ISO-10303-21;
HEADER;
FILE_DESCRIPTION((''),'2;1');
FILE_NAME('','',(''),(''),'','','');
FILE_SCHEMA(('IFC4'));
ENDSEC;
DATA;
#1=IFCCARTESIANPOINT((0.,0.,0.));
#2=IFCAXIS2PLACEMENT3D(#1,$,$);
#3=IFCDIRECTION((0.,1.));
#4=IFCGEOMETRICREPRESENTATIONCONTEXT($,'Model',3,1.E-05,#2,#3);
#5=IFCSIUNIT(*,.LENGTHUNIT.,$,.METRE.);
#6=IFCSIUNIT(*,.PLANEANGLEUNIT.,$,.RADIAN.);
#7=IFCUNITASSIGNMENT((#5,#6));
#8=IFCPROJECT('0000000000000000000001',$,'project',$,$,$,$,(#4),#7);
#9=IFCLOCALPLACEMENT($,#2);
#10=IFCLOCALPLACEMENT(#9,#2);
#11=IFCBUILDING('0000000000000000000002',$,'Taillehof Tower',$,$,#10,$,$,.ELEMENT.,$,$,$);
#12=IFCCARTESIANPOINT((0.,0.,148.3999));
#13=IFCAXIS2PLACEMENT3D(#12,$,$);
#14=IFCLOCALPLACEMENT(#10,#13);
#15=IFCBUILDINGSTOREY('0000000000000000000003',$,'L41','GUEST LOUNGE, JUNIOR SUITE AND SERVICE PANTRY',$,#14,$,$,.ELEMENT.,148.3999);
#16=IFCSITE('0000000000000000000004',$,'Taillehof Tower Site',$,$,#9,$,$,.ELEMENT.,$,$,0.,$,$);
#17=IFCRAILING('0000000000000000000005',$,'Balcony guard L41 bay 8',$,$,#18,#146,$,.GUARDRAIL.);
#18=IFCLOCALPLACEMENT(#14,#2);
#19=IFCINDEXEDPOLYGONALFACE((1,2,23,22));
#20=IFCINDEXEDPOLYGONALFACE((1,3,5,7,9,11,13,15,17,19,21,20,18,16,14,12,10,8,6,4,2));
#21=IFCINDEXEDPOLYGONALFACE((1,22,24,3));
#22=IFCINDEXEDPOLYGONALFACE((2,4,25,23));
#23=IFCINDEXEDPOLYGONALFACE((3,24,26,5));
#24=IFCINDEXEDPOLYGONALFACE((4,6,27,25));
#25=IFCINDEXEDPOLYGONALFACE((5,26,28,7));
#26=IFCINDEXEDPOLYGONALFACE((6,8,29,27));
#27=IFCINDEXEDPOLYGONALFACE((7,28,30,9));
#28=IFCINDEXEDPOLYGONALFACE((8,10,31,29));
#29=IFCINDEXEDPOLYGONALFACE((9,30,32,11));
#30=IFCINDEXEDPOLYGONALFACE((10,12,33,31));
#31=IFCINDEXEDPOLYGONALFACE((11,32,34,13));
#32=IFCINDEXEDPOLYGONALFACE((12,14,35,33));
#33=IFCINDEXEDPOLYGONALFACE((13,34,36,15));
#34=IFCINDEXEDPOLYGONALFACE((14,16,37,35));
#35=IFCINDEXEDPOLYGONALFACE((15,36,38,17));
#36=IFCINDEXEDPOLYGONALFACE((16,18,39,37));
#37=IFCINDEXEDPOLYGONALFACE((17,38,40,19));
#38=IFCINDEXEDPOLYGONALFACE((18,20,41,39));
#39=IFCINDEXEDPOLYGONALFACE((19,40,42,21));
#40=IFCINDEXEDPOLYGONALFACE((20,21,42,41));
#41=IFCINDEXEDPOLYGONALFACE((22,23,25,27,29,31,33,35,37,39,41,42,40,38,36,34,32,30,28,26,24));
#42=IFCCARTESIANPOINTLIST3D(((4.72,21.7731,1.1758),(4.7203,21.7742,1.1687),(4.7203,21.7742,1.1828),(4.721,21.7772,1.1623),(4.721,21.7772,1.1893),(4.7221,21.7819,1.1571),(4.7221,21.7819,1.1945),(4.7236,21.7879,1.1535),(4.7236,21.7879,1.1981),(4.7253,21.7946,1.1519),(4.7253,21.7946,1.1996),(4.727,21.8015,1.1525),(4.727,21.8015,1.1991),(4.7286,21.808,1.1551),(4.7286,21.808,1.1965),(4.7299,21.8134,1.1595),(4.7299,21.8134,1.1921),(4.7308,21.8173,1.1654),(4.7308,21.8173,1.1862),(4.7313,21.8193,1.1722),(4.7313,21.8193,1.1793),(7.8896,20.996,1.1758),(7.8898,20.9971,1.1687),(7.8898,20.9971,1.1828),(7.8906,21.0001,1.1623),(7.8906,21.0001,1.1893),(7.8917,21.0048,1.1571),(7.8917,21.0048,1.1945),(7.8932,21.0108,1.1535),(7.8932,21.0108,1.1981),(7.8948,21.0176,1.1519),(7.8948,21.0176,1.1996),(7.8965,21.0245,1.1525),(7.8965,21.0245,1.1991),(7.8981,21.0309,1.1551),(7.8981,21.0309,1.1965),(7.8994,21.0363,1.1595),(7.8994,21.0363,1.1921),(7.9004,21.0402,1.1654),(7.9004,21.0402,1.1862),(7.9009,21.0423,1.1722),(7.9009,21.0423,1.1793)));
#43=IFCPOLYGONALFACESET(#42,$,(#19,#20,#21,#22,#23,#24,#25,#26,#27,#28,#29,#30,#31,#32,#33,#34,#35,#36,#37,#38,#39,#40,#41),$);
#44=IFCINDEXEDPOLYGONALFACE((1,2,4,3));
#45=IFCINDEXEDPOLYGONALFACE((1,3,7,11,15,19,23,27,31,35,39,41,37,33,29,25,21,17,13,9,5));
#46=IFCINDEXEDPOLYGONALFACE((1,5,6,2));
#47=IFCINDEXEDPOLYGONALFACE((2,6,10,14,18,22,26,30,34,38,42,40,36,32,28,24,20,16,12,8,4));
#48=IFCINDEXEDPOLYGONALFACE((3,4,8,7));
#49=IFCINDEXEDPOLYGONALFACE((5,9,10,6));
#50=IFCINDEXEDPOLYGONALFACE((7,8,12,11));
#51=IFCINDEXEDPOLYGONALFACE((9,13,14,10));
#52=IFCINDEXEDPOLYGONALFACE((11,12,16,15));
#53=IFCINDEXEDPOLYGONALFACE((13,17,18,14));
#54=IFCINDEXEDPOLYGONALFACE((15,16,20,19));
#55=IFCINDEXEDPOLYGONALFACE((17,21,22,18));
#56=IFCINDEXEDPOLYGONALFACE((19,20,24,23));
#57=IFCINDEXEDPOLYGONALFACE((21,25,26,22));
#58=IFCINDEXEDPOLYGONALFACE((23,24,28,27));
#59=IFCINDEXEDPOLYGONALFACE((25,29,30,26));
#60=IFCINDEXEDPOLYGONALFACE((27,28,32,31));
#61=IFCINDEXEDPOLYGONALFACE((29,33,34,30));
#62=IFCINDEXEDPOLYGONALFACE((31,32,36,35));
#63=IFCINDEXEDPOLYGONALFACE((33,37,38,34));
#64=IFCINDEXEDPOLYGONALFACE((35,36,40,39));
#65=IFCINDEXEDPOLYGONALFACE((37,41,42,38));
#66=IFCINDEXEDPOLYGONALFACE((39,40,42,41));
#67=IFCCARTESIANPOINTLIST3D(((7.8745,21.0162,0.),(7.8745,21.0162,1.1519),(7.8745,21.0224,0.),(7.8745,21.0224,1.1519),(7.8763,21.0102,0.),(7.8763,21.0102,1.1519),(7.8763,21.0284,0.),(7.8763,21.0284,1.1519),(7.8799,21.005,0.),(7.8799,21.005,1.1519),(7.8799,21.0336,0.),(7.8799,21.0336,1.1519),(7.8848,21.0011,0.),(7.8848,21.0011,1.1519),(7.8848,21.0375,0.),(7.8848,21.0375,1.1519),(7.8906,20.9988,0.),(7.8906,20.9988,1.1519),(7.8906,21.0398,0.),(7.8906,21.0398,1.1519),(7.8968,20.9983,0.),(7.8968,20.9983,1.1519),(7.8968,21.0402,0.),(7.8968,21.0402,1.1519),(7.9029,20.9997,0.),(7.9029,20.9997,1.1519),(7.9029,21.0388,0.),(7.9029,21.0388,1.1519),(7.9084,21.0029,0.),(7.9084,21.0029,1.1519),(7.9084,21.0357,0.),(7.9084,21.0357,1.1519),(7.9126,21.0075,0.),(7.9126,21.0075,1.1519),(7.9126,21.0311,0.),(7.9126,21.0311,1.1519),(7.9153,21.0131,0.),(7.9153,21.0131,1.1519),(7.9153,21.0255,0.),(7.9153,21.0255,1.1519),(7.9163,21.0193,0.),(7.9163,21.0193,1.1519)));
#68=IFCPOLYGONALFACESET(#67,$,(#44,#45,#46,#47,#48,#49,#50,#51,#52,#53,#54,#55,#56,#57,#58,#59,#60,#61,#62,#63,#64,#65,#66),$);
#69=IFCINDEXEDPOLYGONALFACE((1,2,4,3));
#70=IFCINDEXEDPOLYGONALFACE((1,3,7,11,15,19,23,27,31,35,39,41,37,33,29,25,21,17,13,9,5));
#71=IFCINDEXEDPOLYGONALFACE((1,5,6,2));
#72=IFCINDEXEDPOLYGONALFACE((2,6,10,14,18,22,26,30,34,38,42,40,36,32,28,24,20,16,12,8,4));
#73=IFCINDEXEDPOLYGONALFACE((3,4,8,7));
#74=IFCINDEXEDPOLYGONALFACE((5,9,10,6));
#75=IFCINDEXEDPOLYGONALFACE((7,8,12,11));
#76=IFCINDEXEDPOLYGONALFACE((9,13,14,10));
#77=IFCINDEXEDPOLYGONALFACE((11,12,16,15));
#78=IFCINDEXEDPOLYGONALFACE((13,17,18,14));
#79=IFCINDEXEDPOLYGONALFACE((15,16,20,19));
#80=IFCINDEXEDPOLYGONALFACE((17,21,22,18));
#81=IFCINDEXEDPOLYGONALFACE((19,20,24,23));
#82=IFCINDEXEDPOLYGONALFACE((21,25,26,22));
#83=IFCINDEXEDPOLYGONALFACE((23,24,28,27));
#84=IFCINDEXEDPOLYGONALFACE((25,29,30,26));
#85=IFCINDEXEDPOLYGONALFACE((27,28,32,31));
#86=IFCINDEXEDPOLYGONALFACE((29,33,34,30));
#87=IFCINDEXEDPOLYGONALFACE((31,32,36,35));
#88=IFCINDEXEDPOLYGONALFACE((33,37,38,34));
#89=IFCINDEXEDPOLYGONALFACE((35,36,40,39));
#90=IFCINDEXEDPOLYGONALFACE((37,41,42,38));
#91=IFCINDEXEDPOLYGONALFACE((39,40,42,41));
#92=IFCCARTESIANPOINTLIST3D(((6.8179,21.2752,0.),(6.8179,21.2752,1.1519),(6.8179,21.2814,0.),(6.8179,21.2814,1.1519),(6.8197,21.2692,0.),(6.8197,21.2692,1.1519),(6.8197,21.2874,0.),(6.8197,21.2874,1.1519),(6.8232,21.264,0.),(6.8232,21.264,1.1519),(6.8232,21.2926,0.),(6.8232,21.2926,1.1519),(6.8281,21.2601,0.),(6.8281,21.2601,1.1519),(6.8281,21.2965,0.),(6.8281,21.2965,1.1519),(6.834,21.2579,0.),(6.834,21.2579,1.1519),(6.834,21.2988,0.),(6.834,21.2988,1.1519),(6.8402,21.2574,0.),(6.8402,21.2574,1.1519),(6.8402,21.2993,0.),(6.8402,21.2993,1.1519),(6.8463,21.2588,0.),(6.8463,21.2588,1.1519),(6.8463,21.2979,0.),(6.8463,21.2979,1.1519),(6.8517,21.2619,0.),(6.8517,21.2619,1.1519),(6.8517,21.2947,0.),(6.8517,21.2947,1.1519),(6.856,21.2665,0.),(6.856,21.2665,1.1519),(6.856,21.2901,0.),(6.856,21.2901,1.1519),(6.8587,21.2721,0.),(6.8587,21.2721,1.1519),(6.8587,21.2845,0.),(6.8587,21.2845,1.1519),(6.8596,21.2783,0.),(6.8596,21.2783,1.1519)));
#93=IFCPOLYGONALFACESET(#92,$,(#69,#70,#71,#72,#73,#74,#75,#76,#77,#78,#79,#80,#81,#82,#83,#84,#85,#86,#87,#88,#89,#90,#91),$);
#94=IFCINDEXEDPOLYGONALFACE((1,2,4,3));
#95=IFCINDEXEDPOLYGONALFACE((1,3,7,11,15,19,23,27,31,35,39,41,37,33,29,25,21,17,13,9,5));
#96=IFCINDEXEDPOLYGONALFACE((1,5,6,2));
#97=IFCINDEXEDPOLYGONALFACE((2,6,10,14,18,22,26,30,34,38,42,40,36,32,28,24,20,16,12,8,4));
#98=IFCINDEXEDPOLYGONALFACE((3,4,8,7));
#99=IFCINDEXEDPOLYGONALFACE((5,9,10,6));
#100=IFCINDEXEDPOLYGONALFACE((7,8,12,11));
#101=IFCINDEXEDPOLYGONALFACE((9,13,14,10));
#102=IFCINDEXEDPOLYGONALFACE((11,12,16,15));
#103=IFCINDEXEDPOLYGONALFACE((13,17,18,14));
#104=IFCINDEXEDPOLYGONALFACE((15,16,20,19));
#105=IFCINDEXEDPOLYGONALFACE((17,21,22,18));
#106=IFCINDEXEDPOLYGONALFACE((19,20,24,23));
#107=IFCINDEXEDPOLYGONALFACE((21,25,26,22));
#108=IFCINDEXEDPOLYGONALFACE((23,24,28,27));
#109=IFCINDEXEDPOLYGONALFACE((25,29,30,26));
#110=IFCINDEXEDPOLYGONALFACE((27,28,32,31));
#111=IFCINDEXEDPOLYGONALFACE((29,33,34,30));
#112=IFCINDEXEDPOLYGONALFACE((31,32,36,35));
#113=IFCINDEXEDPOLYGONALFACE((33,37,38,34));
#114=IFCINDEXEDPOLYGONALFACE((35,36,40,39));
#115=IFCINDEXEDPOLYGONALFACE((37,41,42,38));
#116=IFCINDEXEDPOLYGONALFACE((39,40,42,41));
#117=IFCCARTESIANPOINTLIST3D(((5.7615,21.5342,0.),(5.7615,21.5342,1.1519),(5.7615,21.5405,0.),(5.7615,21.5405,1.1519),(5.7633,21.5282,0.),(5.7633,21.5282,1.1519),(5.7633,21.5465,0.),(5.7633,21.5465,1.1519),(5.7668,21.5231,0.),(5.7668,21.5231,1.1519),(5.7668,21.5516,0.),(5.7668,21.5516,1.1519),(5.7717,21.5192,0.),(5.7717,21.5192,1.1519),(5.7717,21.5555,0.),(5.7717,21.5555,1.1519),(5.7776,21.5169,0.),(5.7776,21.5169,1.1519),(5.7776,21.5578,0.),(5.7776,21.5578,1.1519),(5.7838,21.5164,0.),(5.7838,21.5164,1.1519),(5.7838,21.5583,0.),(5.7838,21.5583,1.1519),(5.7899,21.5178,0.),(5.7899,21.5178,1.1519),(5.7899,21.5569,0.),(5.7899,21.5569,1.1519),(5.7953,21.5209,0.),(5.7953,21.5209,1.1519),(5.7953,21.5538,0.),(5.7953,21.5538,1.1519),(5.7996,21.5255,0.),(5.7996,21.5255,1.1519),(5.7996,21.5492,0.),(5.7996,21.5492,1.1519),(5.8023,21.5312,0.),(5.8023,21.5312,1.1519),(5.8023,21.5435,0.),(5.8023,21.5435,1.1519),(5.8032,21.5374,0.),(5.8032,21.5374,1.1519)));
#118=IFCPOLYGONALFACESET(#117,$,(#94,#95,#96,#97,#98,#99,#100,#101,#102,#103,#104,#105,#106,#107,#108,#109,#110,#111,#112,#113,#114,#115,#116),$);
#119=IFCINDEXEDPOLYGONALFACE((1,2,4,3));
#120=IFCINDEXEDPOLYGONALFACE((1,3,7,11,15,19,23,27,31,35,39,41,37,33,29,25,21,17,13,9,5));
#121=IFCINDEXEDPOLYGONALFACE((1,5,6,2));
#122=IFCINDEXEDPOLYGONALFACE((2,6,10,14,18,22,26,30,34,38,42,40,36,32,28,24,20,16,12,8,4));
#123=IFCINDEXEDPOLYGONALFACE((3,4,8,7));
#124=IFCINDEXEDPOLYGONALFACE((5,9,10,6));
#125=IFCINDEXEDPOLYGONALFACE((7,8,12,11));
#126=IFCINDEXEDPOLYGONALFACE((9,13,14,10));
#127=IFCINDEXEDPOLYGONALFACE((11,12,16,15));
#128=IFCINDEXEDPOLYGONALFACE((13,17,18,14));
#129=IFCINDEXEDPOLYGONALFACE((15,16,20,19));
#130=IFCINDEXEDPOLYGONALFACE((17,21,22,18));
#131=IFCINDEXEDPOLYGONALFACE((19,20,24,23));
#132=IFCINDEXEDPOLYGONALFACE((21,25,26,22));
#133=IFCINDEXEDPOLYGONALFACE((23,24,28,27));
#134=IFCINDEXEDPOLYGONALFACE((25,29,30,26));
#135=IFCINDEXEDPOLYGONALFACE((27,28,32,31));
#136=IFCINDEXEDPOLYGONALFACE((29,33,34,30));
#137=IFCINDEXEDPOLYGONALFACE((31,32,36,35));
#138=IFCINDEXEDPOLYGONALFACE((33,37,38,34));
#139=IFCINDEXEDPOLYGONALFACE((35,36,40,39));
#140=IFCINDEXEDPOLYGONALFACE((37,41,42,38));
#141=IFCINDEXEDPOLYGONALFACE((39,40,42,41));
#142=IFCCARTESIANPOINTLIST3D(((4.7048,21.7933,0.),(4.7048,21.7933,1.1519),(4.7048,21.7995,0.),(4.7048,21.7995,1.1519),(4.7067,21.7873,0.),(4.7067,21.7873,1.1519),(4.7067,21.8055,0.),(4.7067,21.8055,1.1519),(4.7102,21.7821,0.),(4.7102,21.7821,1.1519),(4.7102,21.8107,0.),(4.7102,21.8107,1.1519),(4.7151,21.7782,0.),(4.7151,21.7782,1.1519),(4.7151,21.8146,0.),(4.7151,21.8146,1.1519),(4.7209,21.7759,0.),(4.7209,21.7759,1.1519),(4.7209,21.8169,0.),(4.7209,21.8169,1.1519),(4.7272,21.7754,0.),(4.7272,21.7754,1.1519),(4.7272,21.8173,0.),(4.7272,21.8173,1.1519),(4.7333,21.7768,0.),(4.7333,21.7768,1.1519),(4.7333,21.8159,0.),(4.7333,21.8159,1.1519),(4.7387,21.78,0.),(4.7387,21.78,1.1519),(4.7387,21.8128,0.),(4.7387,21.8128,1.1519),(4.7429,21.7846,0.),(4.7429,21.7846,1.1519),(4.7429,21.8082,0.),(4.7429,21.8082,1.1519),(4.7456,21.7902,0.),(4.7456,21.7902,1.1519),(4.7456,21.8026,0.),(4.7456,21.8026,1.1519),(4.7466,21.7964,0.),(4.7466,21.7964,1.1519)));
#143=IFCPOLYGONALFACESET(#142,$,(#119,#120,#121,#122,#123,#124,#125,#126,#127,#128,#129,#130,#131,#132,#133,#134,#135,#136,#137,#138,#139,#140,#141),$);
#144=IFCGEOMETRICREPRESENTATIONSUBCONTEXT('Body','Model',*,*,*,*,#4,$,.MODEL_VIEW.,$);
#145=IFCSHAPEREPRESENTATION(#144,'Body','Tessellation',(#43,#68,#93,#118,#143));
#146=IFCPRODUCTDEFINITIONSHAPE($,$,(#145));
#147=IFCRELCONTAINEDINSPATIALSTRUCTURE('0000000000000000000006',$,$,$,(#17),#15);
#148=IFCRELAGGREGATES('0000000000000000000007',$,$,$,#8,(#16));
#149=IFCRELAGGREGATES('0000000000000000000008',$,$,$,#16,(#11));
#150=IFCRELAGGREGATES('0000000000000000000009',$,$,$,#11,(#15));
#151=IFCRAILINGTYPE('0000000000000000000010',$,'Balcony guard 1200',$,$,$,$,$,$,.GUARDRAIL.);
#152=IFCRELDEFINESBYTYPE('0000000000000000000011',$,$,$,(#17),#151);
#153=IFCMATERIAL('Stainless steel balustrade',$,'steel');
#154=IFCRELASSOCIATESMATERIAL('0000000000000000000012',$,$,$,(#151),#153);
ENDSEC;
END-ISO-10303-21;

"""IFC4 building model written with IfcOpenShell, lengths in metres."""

from ifc_helpers import new_model, si_unit, direction, frame, origin, origin_2d, place, context, subcontext, project, spatial, circle, extrude, material, type_object, element, save


model = new_model("IFC4")

# Units and contexts
model_context = context("Model", 3, precision=1e-05, world=origin(), true_north=direction((0.0, 1.0)))
body_context = subcontext(model_context, "Body", "Model", "MODEL_VIEW")
ifc_project = project(units=[si_unit("LENGTHUNIT", "METRE"), si_unit("PLANEANGLEUNIT", "RADIAN")], contexts=[model_context])

# Site, building, storey
site_placement = place(None, origin())
site = spatial("IfcSite", under=ifc_project, at=site_placement, Name="Taillehof Tower Site", CompositionType="ELEMENT", RefElevation=0.0)
building_placement = place(site_placement, origin())
building = spatial("IfcBuilding", under=site, at=building_placement, Name="Taillehof Tower", CompositionType="ELEMENT")
storey_placement = place(building_placement, frame((0.0, 0.0, 148.3999)))
storey = spatial("IfcBuildingStorey", under=building, at=storey_placement, Name="L41", Description="GUEST LOUNGE, JUNIOR SUITE AND SERVICE PANTRY", CompositionType="ELEMENT", Elevation=148.3999)

# Railing
ifc_material_1 = material(Name="Stainless steel balustrade", Category="steel")
railing_type = type_object("IfcRailingType", Name="Balcony guard 1200", PredefinedType="GUARDRAIL", material=ifc_material_1)
railing_placement = place(storey_placement, frame((7.8953, 21.0193, 0.0)))
element("IfcRailing", 1, at=railing_placement, inside=storey, type_object=railing_type, Name="Balcony guard L41 bay 8", PredefinedType="GUARDRAIL", context=body_context, shape_type="SweptSolid", body=[
    extrude(circle(Radius=0.0239, at=origin_2d()), frame((0.0, 0.0, 1.1758), z_axis=(-0.971237, 0.238115, 0.0), x_axis=(-0.238115, -0.971237, 0.0)), (0.0, 0.0, 1.0), 3.2634),
    extrude(circle(Radius=0.021, at=origin_2d()), origin(), (0.0, 0.0, 1.0), 1.1519),
    extrude(circle(Radius=0.021, at=origin_2d()), frame((-1.0566, 0.259, 0.0)), (0.0, 0.0, 1.0), 1.1519),
    extrude(circle(Radius=0.021, at=origin_2d()), frame((-2.113, 0.5181, 0.0)), (0.0, 0.0, 1.0), 1.1519),
    extrude(circle(Radius=0.021, at=origin_2d()), frame((-3.1697, 0.7771, 0.0)), (0.0, 0.0, 1.0), 1.1519),
])

save(model, "model.ifc")
